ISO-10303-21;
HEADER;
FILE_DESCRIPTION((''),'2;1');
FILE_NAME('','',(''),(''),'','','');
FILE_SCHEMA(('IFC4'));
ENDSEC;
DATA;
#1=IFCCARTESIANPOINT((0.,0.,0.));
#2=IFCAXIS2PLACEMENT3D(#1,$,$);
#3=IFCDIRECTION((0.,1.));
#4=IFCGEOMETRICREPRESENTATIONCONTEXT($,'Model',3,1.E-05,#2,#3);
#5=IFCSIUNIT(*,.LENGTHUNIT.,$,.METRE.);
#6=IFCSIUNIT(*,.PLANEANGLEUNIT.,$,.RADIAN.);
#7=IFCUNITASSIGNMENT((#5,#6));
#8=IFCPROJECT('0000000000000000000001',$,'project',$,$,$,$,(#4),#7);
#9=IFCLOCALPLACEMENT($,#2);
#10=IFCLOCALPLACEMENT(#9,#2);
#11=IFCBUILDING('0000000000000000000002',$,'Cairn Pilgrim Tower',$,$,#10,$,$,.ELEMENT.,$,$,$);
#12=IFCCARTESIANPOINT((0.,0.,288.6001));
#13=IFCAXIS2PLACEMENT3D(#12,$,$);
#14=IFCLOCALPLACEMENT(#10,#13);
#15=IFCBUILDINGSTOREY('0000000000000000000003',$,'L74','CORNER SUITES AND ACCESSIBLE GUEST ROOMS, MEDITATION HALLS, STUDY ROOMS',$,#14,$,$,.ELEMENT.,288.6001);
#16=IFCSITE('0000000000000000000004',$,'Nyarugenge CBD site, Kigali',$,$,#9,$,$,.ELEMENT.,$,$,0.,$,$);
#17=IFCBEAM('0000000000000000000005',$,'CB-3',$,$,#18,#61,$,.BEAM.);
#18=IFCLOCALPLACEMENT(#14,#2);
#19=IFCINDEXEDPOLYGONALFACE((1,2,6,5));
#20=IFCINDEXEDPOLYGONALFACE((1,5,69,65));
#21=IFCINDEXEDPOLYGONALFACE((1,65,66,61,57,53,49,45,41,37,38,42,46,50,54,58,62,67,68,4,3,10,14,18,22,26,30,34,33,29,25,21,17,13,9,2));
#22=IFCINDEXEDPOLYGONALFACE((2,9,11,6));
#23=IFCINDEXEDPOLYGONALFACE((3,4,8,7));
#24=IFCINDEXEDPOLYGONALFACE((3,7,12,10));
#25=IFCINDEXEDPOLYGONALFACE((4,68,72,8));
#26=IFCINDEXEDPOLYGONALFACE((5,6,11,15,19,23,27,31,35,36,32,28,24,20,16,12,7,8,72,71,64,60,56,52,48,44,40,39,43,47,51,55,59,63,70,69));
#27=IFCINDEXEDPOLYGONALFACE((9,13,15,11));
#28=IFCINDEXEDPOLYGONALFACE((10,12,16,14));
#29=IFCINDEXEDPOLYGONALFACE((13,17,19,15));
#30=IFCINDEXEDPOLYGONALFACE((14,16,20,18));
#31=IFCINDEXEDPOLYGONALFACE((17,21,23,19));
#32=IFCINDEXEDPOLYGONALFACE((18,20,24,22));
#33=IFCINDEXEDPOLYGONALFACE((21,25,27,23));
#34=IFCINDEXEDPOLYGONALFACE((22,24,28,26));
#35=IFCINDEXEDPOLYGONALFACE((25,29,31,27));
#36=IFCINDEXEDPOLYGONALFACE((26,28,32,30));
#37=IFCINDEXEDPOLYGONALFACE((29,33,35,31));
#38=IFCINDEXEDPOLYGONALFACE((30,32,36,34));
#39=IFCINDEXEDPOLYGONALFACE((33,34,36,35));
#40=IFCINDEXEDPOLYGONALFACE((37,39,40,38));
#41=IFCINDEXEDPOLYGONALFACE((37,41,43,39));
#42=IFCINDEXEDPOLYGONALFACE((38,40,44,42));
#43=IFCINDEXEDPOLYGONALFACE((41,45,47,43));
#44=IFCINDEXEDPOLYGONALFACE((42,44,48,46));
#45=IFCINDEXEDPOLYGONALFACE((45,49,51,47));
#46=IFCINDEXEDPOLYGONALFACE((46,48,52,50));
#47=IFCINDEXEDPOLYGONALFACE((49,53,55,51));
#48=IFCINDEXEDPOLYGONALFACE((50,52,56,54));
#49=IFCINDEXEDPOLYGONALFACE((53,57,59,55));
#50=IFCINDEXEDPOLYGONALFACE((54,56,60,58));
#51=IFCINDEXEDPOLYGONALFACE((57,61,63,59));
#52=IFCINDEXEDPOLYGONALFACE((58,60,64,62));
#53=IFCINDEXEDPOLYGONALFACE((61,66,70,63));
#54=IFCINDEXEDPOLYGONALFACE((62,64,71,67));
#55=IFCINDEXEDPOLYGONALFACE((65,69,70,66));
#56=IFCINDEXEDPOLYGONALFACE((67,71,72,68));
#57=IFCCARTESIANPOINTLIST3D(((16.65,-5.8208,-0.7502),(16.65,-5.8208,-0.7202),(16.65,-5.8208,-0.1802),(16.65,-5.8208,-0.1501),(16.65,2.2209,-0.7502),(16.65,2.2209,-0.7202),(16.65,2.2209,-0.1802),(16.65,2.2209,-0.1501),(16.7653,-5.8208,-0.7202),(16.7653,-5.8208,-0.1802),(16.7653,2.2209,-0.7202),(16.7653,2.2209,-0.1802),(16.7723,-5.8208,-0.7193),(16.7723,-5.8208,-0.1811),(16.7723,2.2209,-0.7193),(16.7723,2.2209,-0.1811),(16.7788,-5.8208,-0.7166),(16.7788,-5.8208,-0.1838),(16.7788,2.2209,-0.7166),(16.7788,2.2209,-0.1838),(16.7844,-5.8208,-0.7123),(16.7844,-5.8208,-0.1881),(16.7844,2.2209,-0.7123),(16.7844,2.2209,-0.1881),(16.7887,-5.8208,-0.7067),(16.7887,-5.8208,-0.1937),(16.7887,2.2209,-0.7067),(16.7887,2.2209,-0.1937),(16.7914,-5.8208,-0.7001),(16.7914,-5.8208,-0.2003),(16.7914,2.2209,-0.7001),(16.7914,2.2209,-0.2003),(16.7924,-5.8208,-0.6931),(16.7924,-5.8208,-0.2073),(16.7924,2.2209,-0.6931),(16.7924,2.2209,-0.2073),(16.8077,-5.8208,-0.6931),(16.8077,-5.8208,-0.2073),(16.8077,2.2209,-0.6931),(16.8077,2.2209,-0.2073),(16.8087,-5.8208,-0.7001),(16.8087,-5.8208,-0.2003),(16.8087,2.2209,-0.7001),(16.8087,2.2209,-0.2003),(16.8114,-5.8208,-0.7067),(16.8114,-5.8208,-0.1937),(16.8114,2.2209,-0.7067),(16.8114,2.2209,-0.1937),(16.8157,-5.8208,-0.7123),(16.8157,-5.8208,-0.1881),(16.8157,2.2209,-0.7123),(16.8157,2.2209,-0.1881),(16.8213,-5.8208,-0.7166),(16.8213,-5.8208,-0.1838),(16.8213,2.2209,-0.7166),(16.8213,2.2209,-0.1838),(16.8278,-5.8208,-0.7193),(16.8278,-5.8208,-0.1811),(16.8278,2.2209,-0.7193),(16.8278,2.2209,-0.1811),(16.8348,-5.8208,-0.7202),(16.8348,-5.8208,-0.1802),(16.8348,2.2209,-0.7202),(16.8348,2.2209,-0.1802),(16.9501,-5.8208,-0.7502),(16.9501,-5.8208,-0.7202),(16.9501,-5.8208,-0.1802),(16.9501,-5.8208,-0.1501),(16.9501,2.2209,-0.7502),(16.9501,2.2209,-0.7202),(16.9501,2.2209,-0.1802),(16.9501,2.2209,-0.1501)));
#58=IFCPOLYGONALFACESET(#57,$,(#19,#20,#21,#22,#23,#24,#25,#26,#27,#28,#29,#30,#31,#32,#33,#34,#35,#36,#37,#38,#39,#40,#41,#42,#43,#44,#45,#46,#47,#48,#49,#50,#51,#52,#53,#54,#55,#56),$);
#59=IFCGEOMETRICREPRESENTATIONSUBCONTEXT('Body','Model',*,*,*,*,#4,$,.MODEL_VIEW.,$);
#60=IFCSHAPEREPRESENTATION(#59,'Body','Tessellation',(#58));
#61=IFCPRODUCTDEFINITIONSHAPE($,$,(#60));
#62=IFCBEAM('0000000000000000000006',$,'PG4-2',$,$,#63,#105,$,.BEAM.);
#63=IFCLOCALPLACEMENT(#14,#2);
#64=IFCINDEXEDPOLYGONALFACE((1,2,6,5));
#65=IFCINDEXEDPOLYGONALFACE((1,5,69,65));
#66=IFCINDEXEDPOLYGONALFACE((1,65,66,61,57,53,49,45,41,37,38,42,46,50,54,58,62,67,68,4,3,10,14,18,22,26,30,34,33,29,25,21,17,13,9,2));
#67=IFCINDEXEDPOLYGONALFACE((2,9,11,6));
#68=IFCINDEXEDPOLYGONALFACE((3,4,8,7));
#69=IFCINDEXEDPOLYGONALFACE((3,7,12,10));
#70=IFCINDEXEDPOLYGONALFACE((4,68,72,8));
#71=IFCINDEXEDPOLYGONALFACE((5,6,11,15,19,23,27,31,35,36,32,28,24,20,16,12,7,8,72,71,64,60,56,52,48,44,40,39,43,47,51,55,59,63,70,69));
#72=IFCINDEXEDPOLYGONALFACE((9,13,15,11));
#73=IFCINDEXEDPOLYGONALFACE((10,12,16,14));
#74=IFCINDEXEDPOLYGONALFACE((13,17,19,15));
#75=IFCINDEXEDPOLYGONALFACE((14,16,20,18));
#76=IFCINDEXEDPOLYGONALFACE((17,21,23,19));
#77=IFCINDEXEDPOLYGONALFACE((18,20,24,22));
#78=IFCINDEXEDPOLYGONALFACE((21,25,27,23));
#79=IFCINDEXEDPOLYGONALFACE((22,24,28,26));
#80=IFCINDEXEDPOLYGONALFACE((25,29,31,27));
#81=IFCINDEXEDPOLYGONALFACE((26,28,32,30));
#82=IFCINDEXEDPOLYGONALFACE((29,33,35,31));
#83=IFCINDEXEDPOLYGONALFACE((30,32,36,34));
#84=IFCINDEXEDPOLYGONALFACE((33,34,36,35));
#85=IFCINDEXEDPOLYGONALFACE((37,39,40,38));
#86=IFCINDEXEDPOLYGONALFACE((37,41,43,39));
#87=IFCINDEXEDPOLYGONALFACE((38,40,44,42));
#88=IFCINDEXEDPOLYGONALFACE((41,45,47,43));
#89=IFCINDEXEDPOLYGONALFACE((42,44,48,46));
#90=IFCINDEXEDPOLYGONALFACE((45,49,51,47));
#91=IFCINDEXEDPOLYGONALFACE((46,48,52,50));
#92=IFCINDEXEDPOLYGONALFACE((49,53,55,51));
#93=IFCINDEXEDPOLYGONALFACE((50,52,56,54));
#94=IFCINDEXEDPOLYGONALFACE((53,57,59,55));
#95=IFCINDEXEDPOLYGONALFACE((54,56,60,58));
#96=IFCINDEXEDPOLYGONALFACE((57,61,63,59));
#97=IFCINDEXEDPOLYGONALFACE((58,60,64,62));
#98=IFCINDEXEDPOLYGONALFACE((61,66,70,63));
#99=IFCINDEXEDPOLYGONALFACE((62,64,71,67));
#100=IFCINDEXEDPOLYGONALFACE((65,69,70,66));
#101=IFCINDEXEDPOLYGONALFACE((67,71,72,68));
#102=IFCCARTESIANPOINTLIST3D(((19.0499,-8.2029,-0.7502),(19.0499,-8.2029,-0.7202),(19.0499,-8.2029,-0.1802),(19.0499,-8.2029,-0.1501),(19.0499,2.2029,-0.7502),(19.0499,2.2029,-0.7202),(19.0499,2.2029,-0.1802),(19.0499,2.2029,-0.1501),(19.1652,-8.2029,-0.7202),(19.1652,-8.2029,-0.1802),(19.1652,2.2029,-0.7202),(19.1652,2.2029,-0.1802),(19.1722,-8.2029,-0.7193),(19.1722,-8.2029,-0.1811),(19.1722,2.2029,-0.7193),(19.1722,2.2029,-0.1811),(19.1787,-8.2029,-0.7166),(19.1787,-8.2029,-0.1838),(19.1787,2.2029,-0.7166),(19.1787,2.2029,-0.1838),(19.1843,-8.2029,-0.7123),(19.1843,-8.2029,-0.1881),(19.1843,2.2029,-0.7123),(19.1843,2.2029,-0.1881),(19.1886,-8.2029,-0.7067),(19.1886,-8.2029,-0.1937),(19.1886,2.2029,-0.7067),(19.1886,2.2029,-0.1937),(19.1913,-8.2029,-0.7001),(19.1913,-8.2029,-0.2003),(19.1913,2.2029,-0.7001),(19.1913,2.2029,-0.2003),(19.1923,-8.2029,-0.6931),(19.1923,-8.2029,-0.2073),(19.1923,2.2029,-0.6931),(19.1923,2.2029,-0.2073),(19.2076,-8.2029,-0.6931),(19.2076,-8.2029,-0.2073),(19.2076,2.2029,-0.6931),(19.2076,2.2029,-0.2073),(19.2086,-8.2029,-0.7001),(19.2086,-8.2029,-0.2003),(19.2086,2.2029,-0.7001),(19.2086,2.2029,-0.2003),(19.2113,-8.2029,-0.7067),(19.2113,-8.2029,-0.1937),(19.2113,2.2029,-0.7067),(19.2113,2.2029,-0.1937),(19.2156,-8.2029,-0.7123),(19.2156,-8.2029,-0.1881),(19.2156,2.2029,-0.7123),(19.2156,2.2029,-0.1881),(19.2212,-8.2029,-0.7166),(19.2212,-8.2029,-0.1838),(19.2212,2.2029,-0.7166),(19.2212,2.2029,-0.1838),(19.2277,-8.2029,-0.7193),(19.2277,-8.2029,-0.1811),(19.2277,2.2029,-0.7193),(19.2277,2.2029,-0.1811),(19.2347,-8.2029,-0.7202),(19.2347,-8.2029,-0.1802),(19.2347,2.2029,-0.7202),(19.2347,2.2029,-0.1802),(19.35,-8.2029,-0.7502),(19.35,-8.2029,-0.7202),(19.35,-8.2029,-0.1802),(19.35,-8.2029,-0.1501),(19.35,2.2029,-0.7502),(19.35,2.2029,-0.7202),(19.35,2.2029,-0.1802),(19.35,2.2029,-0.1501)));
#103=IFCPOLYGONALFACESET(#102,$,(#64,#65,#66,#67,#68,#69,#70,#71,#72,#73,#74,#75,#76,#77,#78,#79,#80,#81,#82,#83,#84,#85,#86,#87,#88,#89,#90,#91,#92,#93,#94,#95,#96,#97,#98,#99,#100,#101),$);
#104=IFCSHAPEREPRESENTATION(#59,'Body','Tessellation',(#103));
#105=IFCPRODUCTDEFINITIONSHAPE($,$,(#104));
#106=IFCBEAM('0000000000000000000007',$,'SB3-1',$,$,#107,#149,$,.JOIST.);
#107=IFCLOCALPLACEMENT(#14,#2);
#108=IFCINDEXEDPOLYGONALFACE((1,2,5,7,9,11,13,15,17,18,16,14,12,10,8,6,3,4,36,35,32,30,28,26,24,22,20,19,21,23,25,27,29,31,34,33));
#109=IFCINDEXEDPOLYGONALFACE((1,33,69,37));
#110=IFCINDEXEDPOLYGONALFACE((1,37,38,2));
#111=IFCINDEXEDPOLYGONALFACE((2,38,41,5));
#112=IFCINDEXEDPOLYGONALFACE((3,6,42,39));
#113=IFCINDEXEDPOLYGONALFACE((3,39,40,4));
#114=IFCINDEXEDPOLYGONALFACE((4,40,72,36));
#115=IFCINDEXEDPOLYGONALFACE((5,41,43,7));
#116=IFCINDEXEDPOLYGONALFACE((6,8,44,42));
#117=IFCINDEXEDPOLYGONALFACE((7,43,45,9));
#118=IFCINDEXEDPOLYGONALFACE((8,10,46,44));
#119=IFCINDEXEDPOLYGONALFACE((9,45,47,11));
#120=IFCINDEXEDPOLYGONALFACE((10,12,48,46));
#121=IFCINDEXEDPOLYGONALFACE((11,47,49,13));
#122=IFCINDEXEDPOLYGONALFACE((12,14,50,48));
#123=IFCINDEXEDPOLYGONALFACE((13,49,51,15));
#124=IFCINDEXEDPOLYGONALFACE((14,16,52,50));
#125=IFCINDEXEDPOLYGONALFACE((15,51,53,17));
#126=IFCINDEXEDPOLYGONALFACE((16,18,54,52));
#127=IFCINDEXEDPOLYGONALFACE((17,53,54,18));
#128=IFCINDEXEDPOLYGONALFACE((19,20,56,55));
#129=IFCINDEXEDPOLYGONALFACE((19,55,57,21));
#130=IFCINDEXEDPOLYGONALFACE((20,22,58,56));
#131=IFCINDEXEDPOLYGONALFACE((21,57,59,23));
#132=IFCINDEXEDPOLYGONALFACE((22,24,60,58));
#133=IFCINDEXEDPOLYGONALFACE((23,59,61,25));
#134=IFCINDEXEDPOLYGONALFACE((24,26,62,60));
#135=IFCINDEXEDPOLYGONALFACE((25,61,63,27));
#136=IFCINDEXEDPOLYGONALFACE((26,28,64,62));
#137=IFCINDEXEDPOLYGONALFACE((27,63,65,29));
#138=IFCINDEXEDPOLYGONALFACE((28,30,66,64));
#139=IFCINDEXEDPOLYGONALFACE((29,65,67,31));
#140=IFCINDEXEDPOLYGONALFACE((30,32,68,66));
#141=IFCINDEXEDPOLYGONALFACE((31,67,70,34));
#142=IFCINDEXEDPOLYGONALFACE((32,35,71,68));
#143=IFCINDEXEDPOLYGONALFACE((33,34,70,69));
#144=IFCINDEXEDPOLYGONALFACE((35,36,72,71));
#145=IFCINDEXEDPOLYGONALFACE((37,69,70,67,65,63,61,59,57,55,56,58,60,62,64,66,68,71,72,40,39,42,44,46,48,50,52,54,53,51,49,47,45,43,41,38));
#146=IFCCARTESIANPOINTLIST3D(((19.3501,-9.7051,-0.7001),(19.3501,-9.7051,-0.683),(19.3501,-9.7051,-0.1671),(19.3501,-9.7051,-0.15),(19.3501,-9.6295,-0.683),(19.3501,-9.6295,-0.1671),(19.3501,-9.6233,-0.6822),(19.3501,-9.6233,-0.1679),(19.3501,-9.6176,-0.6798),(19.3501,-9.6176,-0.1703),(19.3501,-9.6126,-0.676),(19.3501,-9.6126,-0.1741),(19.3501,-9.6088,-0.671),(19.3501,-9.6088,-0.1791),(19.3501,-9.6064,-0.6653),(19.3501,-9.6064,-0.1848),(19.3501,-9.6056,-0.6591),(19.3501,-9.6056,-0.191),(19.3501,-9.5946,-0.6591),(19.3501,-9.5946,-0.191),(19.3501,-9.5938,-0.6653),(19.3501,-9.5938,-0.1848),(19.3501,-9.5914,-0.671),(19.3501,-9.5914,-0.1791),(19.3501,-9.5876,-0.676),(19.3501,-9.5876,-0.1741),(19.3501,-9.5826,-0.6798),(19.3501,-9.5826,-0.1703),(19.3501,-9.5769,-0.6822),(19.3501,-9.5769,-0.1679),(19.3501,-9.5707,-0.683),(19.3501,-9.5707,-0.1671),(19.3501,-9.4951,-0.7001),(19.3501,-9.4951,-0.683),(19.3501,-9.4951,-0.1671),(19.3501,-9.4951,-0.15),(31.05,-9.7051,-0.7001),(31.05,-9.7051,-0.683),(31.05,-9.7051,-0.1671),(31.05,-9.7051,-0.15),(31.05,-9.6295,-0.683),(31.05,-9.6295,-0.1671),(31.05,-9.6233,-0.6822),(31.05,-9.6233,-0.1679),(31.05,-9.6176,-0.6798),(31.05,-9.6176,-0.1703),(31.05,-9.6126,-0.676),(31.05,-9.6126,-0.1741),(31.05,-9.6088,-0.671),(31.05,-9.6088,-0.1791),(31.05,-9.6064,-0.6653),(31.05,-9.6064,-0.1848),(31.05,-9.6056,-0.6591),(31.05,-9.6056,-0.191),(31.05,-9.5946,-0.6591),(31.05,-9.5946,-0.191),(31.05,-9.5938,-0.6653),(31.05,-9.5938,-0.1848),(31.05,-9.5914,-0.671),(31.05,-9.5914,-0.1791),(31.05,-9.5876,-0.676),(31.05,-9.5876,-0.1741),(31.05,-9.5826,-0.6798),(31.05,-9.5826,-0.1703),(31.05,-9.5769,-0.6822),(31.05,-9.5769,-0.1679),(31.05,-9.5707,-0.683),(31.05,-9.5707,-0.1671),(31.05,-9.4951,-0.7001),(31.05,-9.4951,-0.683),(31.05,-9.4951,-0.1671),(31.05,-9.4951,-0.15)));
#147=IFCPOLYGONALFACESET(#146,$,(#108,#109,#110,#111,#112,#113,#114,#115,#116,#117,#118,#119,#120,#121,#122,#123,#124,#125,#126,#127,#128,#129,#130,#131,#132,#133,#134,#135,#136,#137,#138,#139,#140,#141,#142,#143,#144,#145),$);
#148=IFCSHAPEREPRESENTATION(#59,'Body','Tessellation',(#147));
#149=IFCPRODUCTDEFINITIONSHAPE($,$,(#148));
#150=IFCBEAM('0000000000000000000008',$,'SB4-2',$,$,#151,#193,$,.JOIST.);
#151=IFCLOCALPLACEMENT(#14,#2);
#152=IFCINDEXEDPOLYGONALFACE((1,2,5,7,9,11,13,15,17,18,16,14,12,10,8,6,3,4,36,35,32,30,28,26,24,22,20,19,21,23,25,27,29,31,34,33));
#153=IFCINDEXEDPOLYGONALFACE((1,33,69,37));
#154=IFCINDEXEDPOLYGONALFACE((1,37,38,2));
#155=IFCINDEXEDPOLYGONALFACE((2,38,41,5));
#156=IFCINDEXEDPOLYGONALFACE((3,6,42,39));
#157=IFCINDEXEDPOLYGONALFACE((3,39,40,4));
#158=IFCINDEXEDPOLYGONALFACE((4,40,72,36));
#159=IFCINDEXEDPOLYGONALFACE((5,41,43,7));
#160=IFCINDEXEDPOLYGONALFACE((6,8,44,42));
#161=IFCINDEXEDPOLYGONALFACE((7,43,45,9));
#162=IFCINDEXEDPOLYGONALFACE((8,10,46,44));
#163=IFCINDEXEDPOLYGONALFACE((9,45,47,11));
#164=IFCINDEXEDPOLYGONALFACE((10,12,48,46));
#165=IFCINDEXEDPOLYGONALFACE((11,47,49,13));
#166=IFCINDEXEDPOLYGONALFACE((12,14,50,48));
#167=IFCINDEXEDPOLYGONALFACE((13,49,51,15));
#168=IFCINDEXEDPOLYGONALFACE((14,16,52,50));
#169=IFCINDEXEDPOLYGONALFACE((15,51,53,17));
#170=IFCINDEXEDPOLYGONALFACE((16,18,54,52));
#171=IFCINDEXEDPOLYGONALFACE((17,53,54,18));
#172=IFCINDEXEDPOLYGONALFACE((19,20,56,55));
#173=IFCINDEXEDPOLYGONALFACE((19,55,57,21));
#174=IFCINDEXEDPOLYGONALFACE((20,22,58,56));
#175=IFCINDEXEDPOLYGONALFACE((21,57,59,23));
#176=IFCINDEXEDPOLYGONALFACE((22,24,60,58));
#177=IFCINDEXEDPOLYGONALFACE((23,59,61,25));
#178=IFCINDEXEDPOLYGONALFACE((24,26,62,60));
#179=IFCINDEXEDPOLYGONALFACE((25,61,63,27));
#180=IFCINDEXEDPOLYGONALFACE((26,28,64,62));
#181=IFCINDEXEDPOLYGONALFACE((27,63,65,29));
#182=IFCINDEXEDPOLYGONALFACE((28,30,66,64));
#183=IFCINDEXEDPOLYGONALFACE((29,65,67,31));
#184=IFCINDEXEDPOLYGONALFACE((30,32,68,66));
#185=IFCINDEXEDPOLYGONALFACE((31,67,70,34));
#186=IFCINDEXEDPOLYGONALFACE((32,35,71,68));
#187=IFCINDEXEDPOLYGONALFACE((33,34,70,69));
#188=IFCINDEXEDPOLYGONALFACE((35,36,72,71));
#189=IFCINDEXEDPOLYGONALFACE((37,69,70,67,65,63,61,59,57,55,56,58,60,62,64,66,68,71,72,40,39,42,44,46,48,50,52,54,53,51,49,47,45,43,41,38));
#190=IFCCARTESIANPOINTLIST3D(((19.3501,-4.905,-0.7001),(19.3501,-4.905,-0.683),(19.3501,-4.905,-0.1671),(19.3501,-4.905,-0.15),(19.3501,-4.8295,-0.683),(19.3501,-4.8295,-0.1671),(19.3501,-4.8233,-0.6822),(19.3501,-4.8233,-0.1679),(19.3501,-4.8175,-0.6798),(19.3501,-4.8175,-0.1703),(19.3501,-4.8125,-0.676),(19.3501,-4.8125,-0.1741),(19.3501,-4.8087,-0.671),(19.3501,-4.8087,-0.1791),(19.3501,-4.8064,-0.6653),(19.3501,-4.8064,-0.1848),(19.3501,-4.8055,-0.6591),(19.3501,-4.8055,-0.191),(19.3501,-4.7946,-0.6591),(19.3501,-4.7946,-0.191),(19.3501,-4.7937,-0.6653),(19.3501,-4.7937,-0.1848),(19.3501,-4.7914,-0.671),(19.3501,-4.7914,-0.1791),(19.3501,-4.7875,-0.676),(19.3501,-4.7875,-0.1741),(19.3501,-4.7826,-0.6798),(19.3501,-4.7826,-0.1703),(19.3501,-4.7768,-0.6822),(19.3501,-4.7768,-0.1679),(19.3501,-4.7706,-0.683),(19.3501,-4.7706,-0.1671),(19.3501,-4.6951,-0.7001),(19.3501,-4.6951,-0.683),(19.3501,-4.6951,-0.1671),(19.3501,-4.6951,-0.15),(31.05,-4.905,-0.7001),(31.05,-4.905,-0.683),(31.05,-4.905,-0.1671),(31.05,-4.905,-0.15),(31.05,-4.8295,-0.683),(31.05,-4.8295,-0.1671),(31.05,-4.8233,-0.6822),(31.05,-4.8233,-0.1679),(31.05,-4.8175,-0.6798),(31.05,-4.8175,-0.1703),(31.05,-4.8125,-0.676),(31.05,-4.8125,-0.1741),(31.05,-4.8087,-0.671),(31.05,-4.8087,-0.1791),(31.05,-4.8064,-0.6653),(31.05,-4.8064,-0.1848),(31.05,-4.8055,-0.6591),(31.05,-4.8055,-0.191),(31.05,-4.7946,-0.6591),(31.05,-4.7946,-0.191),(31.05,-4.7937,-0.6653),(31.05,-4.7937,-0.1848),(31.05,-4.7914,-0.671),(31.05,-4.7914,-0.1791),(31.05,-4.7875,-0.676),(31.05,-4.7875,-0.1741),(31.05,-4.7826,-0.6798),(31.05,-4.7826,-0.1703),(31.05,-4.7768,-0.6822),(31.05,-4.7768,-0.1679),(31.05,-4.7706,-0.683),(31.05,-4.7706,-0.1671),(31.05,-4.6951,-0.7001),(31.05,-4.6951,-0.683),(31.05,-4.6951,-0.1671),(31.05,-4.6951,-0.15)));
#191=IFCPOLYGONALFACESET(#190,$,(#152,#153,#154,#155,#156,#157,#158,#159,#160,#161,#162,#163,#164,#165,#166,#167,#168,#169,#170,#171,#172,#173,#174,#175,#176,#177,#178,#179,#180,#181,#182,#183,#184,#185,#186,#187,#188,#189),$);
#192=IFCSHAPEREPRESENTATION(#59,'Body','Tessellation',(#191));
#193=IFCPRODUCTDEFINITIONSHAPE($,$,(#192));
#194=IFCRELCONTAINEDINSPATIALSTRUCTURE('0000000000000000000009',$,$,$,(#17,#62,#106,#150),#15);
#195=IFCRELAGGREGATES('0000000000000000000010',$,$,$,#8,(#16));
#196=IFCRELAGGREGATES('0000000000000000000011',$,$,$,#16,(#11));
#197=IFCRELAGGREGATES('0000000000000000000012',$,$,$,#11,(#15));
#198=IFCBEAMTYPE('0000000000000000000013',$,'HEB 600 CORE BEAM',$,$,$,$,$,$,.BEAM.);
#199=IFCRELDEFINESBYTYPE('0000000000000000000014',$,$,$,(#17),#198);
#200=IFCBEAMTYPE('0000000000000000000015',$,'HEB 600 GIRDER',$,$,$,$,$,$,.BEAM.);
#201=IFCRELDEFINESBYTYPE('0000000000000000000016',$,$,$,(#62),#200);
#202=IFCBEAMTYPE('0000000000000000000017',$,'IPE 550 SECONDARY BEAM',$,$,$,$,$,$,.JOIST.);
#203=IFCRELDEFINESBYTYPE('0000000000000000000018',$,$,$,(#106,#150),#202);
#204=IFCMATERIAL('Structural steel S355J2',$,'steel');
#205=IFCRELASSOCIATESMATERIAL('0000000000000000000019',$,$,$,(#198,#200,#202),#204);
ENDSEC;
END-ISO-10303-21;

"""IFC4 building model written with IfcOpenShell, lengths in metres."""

from ifc_helpers import new_model, si_unit, direction, frame, origin, origin_2d, place, context, subcontext, project, spatial, i_section, extrude, material, material_profile, profile_set, type_object, element, save


model = new_model("IFC4")

# Units and contexts
model_context = context("Model", 3, precision=1e-05, world=origin(), true_north=direction((0.0, 1.0)))
body_context = subcontext(model_context, "Body", "Model", "MODEL_VIEW")
ifc_project = project(units=[si_unit("LENGTHUNIT", "METRE"), si_unit("PLANEANGLEUNIT", "RADIAN")], contexts=[model_context])

# Site, building, storey
site_placement = place(None, origin())
site = spatial("IfcSite", under=ifc_project, at=site_placement, Name="Nyarugenge CBD site, Kigali", CompositionType="ELEMENT", RefElevation=0.0)
building_placement = place(site_placement, origin())
building = spatial("IfcBuilding", under=site, at=building_placement, Name="Cairn Pilgrim Tower", CompositionType="ELEMENT")
storey_placement = place(building_placement, frame((0.0, 0.0, 288.6001)))
storey = spatial("IfcBuildingStorey", under=building, at=storey_placement, Name="L74", Description="CORNER SUITES AND ACCESSIBLE GUEST ROOMS, MEDITATION HALLS, STUDY ROOMS", CompositionType="ELEMENT", Elevation=288.6001)

# Shared definitions
ifc_material_1 = material(Name="Structural steel S355J2", Category="steel")

# Beams
ifc_material_profile_1 = material_profile(ifc_material_1, i_section(OverallWidth=0.3, OverallDepth=0.6001, WebThickness=0.0154, FlangeThickness=0.03, FilletRadius=0.0271, at=origin_2d()), Name="HEB 600")
ifc_profile_set_1 = profile_set([ifc_material_profile_1], Name="Structural steel S355J2")
beam_type_1 = type_object("IfcBeamType", Name="HEB 600 CORE BEAM", PredefinedType="BEAM", material=ifc_profile_set_1)
beam_1_placement = place(storey_placement, frame((16.8, -5.8208, -0.4502), z_axis=(0.0, 1.0, 0.0), x_axis=(-1.0, 0.0, 0.0)))
element("IfcBeam", 1, at=beam_1_placement, inside=storey, type_object=beam_type_1, Name="CB-3", PredefinedType="BEAM", context=body_context, shape_type="SweptSolid", body=[
    extrude(i_section(OverallWidth=0.3, OverallDepth=0.6001, WebThickness=0.0154, FlangeThickness=0.03, FilletRadius=0.0271, at=origin_2d()), origin(), (0.0, 0.0, 1.0), 8.0417),
])
ifc_material_profile_2 = material_profile(ifc_material_1, i_section(OverallWidth=0.3, OverallDepth=0.6001, WebThickness=0.0154, FlangeThickness=0.03, FilletRadius=0.0271, at=origin_2d()), Name="HEB 600")
ifc_profile_set_2 = profile_set([ifc_material_profile_2], Name="Structural steel S355J2")
beam_type_2 = type_object("IfcBeamType", Name="HEB 600 GIRDER", PredefinedType="BEAM", material=ifc_profile_set_2)
beam_2_placement = place(storey_placement, frame((19.2, -8.2029, -0.4502), z_axis=(0.0, 1.0, 0.0), x_axis=(-1.0, 0.0, 0.0)))
element("IfcBeam", 2, at=beam_2_placement, inside=storey, type_object=beam_type_2, Name="PG4-2", PredefinedType="BEAM", context=body_context, shape_type="SweptSolid", body=[
    extrude(i_section(OverallWidth=0.3, OverallDepth=0.6001, WebThickness=0.0154, FlangeThickness=0.03, FilletRadius=0.0271, at=origin_2d()), origin(), (0.0, 0.0, 1.0), 10.4058),
])
ifc_material_profile_3 = material_profile(ifc_material_1, i_section(OverallWidth=0.21, OverallDepth=0.55, WebThickness=0.011, FlangeThickness=0.0171, FilletRadius=0.0239, at=origin_2d()), Name="IPE 550")
ifc_profile_set_3 = profile_set([ifc_material_profile_3], Name="Structural steel S355J2")
beam_type_3 = type_object("IfcBeamType", Name="IPE 550 SECONDARY BEAM", PredefinedType="JOIST", material=ifc_profile_set_3)
for number, where, z_axis, x_axis, name in (
    (3, (19.3501, -9.6001, -0.425), (1.0, 0.0, 0.0), (0.0, 1.0, 0.0), "SB3-1"),
    (4, (19.3501, -4.8, -0.425), (1.0, 0.0, 0.0), (0.0, 1.0, 0.0), "SB4-2"),
):
    element("IfcBeam", number, at=place(storey_placement, frame(where, z_axis=z_axis, x_axis=x_axis)), inside=storey, type_object=beam_type_3, Name=name, PredefinedType="JOIST", context=body_context, shape_type="SweptSolid", body=[
        extrude(i_section(OverallWidth=0.21, OverallDepth=0.55, WebThickness=0.011, FlangeThickness=0.0171, FilletRadius=0.0239, at=origin_2d()), origin(), (0.0, 0.0, 1.0), 11.7),
    ])

save(model, "model.ifc")
